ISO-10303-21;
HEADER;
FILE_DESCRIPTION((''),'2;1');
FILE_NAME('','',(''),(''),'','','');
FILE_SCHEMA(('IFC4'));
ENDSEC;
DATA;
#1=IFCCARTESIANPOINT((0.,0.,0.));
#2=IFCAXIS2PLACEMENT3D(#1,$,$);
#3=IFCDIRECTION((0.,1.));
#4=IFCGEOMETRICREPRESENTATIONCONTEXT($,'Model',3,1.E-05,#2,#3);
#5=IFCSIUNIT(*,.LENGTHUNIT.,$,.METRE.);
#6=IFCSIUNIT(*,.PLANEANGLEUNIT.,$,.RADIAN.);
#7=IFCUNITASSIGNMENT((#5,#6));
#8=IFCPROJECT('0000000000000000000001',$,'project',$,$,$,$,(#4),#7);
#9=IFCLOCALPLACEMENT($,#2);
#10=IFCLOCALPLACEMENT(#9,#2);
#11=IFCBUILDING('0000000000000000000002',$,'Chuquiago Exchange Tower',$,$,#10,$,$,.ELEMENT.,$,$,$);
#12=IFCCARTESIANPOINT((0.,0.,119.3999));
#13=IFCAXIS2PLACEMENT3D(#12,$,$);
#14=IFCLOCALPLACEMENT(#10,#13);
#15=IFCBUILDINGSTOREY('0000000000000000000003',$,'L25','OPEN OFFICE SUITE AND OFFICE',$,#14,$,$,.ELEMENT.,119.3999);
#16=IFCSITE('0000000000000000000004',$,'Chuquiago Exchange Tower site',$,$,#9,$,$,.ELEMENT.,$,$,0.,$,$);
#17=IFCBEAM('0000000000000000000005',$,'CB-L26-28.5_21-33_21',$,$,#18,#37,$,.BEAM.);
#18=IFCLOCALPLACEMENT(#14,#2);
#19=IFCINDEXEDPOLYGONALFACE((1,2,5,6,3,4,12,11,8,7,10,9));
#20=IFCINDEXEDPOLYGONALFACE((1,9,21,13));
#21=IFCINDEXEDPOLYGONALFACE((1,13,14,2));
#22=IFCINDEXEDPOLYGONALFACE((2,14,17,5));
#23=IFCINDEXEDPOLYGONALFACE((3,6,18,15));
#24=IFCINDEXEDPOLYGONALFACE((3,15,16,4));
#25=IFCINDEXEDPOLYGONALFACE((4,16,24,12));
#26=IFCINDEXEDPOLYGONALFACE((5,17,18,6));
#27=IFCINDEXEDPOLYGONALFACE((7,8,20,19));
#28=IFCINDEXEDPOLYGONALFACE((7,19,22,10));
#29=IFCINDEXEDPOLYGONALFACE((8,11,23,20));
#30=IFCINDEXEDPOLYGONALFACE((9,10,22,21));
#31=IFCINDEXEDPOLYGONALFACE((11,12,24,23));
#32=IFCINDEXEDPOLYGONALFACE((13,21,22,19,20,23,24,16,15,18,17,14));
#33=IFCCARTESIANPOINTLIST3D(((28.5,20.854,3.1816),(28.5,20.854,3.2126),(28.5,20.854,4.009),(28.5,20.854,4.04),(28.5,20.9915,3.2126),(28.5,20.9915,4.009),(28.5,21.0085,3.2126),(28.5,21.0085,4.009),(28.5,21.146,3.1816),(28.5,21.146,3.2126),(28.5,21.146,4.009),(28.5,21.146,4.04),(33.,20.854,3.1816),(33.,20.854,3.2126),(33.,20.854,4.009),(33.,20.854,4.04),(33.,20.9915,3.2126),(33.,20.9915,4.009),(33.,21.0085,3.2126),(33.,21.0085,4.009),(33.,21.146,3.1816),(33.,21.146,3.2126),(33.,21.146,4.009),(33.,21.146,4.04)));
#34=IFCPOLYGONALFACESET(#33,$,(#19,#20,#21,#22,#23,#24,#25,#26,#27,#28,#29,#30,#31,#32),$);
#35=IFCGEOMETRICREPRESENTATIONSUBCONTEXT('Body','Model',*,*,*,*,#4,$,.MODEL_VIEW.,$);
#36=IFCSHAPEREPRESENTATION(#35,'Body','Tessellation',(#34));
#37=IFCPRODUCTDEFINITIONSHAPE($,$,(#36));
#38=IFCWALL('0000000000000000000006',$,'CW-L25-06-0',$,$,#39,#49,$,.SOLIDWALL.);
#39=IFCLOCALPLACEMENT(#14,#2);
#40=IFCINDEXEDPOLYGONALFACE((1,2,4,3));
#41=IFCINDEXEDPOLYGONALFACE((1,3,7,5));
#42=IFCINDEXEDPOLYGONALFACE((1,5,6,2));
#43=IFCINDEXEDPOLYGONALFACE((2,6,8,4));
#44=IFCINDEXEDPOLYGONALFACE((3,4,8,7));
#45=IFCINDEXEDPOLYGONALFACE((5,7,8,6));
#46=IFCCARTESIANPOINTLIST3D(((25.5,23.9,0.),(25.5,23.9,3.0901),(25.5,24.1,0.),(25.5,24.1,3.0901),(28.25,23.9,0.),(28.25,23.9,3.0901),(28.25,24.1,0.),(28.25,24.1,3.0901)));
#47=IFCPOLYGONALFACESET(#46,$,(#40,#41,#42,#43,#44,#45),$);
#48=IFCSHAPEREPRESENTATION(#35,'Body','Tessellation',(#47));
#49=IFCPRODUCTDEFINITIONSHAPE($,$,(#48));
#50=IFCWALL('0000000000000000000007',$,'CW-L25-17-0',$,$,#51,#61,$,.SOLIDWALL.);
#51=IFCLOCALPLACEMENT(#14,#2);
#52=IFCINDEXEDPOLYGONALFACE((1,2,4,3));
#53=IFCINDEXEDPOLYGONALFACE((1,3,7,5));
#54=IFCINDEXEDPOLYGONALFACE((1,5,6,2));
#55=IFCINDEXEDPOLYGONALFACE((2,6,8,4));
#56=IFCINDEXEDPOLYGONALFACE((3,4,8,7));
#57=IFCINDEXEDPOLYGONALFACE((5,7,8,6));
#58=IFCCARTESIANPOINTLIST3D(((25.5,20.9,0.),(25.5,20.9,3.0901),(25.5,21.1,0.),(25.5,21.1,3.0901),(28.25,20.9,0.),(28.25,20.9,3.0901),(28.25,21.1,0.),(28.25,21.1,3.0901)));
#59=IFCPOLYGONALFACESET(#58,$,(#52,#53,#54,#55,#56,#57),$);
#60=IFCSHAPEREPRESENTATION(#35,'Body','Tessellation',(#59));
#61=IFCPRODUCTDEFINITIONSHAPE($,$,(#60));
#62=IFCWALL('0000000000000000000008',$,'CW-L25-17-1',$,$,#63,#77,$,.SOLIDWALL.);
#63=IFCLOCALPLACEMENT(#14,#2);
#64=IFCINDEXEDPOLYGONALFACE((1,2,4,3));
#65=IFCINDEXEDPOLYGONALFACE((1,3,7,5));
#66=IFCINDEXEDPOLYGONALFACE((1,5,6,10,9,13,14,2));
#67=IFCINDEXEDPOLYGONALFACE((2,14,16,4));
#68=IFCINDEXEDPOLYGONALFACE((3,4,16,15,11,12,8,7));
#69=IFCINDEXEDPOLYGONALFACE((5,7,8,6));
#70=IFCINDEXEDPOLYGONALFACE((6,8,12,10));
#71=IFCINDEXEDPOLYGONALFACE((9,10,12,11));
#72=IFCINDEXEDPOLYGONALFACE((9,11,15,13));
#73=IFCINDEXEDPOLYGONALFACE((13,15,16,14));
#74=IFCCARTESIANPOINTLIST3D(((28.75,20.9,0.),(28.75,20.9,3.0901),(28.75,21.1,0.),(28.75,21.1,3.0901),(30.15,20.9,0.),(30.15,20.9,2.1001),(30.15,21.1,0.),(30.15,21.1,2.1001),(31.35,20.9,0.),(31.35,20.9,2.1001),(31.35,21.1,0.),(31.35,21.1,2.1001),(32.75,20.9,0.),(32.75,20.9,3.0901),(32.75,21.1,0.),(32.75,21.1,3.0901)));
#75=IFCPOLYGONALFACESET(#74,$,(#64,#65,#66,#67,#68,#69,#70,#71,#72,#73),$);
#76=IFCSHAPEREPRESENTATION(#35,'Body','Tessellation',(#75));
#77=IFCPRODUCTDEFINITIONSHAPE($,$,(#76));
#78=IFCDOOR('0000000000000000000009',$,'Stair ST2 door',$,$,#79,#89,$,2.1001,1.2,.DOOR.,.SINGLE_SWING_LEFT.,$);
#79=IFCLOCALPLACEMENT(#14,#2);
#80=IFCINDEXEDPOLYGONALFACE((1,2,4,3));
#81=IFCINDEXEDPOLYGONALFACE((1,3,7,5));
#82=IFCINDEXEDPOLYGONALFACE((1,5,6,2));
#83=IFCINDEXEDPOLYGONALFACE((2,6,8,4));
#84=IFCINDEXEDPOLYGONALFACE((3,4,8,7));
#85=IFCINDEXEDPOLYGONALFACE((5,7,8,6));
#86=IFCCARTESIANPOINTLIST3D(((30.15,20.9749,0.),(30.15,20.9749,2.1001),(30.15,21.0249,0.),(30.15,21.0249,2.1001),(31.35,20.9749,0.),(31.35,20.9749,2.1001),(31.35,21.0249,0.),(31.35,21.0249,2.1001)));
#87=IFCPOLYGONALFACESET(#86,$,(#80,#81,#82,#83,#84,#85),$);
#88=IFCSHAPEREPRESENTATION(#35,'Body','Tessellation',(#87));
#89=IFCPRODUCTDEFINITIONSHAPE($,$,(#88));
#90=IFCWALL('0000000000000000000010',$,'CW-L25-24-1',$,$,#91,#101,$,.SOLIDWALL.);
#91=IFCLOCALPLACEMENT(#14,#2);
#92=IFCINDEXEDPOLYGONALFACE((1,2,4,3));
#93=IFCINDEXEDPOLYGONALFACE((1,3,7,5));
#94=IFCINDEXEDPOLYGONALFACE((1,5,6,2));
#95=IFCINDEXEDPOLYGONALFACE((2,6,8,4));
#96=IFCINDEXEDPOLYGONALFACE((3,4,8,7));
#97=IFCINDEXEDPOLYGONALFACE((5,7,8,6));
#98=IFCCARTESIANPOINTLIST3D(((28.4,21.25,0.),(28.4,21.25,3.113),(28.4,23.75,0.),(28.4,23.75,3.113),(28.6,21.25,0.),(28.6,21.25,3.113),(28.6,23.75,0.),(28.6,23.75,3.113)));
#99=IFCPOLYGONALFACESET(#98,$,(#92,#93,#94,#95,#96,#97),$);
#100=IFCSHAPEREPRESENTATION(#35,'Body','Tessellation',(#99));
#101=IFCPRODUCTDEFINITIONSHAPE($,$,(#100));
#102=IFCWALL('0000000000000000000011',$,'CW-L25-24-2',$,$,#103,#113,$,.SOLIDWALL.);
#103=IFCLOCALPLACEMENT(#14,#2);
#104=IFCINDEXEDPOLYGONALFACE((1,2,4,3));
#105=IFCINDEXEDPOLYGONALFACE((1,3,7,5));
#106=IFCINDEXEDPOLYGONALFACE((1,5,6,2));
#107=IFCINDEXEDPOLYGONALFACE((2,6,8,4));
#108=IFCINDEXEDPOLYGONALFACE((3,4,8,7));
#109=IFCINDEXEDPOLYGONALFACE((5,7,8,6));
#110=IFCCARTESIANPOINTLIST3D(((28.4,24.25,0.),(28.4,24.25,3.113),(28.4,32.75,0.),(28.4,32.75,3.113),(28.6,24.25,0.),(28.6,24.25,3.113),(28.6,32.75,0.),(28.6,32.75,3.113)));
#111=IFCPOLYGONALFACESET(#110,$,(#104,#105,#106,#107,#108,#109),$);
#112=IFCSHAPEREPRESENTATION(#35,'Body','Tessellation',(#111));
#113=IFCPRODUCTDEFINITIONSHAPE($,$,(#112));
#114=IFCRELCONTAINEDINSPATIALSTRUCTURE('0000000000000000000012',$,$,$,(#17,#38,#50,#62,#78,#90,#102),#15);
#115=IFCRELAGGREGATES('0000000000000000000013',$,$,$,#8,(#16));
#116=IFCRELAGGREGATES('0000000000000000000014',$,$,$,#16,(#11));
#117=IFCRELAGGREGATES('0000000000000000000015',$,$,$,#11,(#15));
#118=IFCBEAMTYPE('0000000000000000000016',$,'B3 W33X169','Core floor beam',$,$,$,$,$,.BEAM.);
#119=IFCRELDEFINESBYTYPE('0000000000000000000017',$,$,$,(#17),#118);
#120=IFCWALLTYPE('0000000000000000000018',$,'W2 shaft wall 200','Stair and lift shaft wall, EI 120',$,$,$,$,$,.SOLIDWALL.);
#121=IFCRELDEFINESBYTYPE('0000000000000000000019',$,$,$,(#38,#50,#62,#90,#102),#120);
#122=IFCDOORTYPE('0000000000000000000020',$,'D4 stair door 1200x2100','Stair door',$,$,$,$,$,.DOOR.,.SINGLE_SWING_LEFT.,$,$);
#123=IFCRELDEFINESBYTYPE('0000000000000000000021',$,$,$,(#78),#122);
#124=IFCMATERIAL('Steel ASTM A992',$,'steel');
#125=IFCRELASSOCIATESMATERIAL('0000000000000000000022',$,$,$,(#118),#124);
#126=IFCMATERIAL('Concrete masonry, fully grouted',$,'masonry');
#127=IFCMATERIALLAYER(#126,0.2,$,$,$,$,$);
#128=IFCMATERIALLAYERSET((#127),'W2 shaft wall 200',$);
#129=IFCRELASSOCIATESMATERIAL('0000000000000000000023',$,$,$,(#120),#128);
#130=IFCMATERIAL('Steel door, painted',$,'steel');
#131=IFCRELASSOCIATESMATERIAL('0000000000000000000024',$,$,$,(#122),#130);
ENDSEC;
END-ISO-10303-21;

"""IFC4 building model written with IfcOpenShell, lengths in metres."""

from ifc_helpers import new_model, si_unit, direction, frame, frame_2d, origin, origin_2d, place, context, subcontext, project, spatial, rectangle, i_section, extrude, material, layer, layer_set, material_profile, profile_set, type_object, element, fill, save


model = new_model("IFC4")

# Units and contexts
model_context = context("Model", 3, precision=1e-05, world=origin(), true_north=direction((0.0, 1.0)))
body_context = subcontext(model_context, "Body", "Model", "MODEL_VIEW")
ifc_project = project(units=[si_unit("LENGTHUNIT", "METRE"), si_unit("PLANEANGLEUNIT", "RADIAN")], contexts=[model_context])

# Site, building, storey
site_placement = place(None, origin())
site = spatial("IfcSite", under=ifc_project, at=site_placement, Name="Chuquiago Exchange Tower site", CompositionType="ELEMENT", RefElevation=0.0)
building_placement = place(site_placement, origin())
building = spatial("IfcBuilding", under=site, at=building_placement, Name="Chuquiago Exchange Tower", CompositionType="ELEMENT")
storey_placement = place(building_placement, frame((0.0, 0.0, 119.3999)))
storey = spatial("IfcBuildingStorey", under=building, at=storey_placement, Name="L25", Description="OPEN OFFICE SUITE AND OFFICE", CompositionType="ELEMENT", Elevation=119.3999)

# Beam
ifc_material_1 = material(Name="Steel ASTM A992", Category="steel")
ifc_material_profile_1 = material_profile(ifc_material_1, i_section(OverallWidth=0.292, OverallDepth=0.8584, WebThickness=0.0171, FlangeThickness=0.031, at=origin_2d()), Name="W33X169")
ifc_profile_set_1 = profile_set([ifc_material_profile_1], Name="Steel ASTM A992")
beam_type_1 = type_object("IfcBeamType", Name="B3 W33X169", Description="Core floor beam", PredefinedType="BEAM", material=ifc_profile_set_1)
beam_1_placement = place(storey_placement, frame((28.5, 21.0, 3.6108), z_axis=(1.0, 0.0, 0.0), x_axis=(0.0, 1.0, 0.0)))
element("IfcBeam", 1, at=beam_1_placement, inside=storey, type_object=beam_type_1, Name="CB-L26-28.5_21-33_21", PredefinedType="BEAM", context=body_context, shape_type="SweptSolid", body=[
    extrude(i_section(OverallWidth=0.292, OverallDepth=0.8584, WebThickness=0.0171, FlangeThickness=0.031, at=origin_2d()), origin(), (0.0, 0.0, 1.0), 4.5),
])

# Walls
ifc_material_2 = material(Name="Concrete masonry, fully grouted", Category="masonry")
ifc_layer = layer(ifc_material_2, 0.2)
ifc_layer_set = layer_set([ifc_layer], Name="W2 shaft wall 200")
wall_type = type_object("IfcWallType", Name="W2 shaft wall 200", Description="Stair and lift shaft wall, EI 120", PredefinedType="SOLIDWALL", material=ifc_layer_set)
for number, where, z_axis, x_axis, name in (
    (2, (25.5, 24.0, 0.0), (0.0, 0.0, 1.0), (1.0, 0.0, 0.0), "CW-L25-06-0"),
    (3, (25.5, 21.0, 0.0), (0.0, 0.0, 1.0), (1.0, 0.0, 0.0), "CW-L25-17-0"),
):
    element("IfcWall", number, at=place(storey_placement, frame(where, z_axis=z_axis, x_axis=x_axis)), inside=storey, type_object=wall_type, Name=name, PredefinedType="SOLIDWALL", context=body_context, shape_type="SweptSolid", body=[
        extrude(rectangle(XDim=2.75, YDim=0.2, at=frame_2d((1.375, 0.0))), origin(), (0.0, 0.0, 1.0), 3.0901),
    ])

# Wall, opening, door
wall_1_placement = place(storey_placement, frame((28.75, 21.0, 0.0), z_axis=(0.0, 0.0, 1.0), x_axis=(1.0, 0.0, 0.0)))
wall_1 = element("IfcWall", 4, at=wall_1_placement, inside=storey, type_object=wall_type, Name="CW-L25-17-1", PredefinedType="SOLIDWALL", context=body_context, shape_type="SweptSolid", body=[
    extrude(rectangle(XDim=4.0, YDim=0.2, at=frame_2d((2.0, 0.0))), origin(), (0.0, 0.0, 1.0), 3.0901),
])
opening_placement = place(wall_1_placement, frame((1.3999, 0.0, 0.0)))
opening = element("IfcOpeningElement", 5, at=opening_placement, cuts=wall_1, PredefinedType="OPENING", context=body_context, shape_type="SweptSolid", body=[
    extrude(rectangle(XDim=1.2, YDim=2.1001, at=frame_2d((0.6001, 1.05))), frame((0.0, 0.1099, 0.0), z_axis=(0.0, -1.0, 0.0), x_axis=(1.0, 0.0, 0.0)), (0.0, 0.0, 1.0), 0.22),
])
ifc_material_3 = material(Name="Steel door, painted", Category="steel")
door_type = type_object("IfcDoorType", Name="D4 stair door 1200x2100", Description="Stair door", OperationType="SINGLE_SWING_LEFT", PredefinedType="DOOR", material=ifc_material_3)
door_placement = place(opening_placement, origin())
door = element("IfcDoor", 6, at=door_placement, inside=storey, type_object=door_type, Name="Stair ST2 door", OperationType="SINGLE_SWING_LEFT", OverallHeight=2.1001, OverallWidth=1.2, PredefinedType="DOOR", context=body_context, shape_type="SweptSolid", body=[
    extrude(rectangle(XDim=1.2, YDim=2.1001, at=frame_2d((0.6001, 1.05))), frame((0.0, 0.0249, 0.0), z_axis=(0.0, -1.0, 0.0), x_axis=(1.0, 0.0, 0.0)), (0.0, 0.0, 1.0), 0.05),
])
fill(opening, door)

# Walls
wall_2_placement = place(storey_placement, frame((28.5, 21.25, 0.0), z_axis=(0.0, 0.0, 1.0), x_axis=(0.0, 1.0, 0.0)))
element("IfcWall", 7, at=wall_2_placement, inside=storey, type_object=wall_type, Name="CW-L25-24-1", PredefinedType="SOLIDWALL", context=body_context, shape_type="SweptSolid", body=[
    extrude(rectangle(XDim=2.5, YDim=0.2, at=frame_2d((1.25, 0.0))), origin(), (0.0, 0.0, 1.0), 3.113),
])
wall_3_placement = place(storey_placement, frame((28.5, 24.25, 0.0), z_axis=(0.0, 0.0, 1.0), x_axis=(0.0, 1.0, 0.0)))
element("IfcWall", 8, at=wall_3_placement, inside=storey, type_object=wall_type, Name="CW-L25-24-2", PredefinedType="SOLIDWALL", context=body_context, shape_type="SweptSolid", body=[
    extrude(rectangle(XDim=8.5, YDim=0.2, at=frame_2d((4.25, 0.0))), origin(), (0.0, 0.0, 1.0), 3.113),
])

save(model, "model.ifc")
